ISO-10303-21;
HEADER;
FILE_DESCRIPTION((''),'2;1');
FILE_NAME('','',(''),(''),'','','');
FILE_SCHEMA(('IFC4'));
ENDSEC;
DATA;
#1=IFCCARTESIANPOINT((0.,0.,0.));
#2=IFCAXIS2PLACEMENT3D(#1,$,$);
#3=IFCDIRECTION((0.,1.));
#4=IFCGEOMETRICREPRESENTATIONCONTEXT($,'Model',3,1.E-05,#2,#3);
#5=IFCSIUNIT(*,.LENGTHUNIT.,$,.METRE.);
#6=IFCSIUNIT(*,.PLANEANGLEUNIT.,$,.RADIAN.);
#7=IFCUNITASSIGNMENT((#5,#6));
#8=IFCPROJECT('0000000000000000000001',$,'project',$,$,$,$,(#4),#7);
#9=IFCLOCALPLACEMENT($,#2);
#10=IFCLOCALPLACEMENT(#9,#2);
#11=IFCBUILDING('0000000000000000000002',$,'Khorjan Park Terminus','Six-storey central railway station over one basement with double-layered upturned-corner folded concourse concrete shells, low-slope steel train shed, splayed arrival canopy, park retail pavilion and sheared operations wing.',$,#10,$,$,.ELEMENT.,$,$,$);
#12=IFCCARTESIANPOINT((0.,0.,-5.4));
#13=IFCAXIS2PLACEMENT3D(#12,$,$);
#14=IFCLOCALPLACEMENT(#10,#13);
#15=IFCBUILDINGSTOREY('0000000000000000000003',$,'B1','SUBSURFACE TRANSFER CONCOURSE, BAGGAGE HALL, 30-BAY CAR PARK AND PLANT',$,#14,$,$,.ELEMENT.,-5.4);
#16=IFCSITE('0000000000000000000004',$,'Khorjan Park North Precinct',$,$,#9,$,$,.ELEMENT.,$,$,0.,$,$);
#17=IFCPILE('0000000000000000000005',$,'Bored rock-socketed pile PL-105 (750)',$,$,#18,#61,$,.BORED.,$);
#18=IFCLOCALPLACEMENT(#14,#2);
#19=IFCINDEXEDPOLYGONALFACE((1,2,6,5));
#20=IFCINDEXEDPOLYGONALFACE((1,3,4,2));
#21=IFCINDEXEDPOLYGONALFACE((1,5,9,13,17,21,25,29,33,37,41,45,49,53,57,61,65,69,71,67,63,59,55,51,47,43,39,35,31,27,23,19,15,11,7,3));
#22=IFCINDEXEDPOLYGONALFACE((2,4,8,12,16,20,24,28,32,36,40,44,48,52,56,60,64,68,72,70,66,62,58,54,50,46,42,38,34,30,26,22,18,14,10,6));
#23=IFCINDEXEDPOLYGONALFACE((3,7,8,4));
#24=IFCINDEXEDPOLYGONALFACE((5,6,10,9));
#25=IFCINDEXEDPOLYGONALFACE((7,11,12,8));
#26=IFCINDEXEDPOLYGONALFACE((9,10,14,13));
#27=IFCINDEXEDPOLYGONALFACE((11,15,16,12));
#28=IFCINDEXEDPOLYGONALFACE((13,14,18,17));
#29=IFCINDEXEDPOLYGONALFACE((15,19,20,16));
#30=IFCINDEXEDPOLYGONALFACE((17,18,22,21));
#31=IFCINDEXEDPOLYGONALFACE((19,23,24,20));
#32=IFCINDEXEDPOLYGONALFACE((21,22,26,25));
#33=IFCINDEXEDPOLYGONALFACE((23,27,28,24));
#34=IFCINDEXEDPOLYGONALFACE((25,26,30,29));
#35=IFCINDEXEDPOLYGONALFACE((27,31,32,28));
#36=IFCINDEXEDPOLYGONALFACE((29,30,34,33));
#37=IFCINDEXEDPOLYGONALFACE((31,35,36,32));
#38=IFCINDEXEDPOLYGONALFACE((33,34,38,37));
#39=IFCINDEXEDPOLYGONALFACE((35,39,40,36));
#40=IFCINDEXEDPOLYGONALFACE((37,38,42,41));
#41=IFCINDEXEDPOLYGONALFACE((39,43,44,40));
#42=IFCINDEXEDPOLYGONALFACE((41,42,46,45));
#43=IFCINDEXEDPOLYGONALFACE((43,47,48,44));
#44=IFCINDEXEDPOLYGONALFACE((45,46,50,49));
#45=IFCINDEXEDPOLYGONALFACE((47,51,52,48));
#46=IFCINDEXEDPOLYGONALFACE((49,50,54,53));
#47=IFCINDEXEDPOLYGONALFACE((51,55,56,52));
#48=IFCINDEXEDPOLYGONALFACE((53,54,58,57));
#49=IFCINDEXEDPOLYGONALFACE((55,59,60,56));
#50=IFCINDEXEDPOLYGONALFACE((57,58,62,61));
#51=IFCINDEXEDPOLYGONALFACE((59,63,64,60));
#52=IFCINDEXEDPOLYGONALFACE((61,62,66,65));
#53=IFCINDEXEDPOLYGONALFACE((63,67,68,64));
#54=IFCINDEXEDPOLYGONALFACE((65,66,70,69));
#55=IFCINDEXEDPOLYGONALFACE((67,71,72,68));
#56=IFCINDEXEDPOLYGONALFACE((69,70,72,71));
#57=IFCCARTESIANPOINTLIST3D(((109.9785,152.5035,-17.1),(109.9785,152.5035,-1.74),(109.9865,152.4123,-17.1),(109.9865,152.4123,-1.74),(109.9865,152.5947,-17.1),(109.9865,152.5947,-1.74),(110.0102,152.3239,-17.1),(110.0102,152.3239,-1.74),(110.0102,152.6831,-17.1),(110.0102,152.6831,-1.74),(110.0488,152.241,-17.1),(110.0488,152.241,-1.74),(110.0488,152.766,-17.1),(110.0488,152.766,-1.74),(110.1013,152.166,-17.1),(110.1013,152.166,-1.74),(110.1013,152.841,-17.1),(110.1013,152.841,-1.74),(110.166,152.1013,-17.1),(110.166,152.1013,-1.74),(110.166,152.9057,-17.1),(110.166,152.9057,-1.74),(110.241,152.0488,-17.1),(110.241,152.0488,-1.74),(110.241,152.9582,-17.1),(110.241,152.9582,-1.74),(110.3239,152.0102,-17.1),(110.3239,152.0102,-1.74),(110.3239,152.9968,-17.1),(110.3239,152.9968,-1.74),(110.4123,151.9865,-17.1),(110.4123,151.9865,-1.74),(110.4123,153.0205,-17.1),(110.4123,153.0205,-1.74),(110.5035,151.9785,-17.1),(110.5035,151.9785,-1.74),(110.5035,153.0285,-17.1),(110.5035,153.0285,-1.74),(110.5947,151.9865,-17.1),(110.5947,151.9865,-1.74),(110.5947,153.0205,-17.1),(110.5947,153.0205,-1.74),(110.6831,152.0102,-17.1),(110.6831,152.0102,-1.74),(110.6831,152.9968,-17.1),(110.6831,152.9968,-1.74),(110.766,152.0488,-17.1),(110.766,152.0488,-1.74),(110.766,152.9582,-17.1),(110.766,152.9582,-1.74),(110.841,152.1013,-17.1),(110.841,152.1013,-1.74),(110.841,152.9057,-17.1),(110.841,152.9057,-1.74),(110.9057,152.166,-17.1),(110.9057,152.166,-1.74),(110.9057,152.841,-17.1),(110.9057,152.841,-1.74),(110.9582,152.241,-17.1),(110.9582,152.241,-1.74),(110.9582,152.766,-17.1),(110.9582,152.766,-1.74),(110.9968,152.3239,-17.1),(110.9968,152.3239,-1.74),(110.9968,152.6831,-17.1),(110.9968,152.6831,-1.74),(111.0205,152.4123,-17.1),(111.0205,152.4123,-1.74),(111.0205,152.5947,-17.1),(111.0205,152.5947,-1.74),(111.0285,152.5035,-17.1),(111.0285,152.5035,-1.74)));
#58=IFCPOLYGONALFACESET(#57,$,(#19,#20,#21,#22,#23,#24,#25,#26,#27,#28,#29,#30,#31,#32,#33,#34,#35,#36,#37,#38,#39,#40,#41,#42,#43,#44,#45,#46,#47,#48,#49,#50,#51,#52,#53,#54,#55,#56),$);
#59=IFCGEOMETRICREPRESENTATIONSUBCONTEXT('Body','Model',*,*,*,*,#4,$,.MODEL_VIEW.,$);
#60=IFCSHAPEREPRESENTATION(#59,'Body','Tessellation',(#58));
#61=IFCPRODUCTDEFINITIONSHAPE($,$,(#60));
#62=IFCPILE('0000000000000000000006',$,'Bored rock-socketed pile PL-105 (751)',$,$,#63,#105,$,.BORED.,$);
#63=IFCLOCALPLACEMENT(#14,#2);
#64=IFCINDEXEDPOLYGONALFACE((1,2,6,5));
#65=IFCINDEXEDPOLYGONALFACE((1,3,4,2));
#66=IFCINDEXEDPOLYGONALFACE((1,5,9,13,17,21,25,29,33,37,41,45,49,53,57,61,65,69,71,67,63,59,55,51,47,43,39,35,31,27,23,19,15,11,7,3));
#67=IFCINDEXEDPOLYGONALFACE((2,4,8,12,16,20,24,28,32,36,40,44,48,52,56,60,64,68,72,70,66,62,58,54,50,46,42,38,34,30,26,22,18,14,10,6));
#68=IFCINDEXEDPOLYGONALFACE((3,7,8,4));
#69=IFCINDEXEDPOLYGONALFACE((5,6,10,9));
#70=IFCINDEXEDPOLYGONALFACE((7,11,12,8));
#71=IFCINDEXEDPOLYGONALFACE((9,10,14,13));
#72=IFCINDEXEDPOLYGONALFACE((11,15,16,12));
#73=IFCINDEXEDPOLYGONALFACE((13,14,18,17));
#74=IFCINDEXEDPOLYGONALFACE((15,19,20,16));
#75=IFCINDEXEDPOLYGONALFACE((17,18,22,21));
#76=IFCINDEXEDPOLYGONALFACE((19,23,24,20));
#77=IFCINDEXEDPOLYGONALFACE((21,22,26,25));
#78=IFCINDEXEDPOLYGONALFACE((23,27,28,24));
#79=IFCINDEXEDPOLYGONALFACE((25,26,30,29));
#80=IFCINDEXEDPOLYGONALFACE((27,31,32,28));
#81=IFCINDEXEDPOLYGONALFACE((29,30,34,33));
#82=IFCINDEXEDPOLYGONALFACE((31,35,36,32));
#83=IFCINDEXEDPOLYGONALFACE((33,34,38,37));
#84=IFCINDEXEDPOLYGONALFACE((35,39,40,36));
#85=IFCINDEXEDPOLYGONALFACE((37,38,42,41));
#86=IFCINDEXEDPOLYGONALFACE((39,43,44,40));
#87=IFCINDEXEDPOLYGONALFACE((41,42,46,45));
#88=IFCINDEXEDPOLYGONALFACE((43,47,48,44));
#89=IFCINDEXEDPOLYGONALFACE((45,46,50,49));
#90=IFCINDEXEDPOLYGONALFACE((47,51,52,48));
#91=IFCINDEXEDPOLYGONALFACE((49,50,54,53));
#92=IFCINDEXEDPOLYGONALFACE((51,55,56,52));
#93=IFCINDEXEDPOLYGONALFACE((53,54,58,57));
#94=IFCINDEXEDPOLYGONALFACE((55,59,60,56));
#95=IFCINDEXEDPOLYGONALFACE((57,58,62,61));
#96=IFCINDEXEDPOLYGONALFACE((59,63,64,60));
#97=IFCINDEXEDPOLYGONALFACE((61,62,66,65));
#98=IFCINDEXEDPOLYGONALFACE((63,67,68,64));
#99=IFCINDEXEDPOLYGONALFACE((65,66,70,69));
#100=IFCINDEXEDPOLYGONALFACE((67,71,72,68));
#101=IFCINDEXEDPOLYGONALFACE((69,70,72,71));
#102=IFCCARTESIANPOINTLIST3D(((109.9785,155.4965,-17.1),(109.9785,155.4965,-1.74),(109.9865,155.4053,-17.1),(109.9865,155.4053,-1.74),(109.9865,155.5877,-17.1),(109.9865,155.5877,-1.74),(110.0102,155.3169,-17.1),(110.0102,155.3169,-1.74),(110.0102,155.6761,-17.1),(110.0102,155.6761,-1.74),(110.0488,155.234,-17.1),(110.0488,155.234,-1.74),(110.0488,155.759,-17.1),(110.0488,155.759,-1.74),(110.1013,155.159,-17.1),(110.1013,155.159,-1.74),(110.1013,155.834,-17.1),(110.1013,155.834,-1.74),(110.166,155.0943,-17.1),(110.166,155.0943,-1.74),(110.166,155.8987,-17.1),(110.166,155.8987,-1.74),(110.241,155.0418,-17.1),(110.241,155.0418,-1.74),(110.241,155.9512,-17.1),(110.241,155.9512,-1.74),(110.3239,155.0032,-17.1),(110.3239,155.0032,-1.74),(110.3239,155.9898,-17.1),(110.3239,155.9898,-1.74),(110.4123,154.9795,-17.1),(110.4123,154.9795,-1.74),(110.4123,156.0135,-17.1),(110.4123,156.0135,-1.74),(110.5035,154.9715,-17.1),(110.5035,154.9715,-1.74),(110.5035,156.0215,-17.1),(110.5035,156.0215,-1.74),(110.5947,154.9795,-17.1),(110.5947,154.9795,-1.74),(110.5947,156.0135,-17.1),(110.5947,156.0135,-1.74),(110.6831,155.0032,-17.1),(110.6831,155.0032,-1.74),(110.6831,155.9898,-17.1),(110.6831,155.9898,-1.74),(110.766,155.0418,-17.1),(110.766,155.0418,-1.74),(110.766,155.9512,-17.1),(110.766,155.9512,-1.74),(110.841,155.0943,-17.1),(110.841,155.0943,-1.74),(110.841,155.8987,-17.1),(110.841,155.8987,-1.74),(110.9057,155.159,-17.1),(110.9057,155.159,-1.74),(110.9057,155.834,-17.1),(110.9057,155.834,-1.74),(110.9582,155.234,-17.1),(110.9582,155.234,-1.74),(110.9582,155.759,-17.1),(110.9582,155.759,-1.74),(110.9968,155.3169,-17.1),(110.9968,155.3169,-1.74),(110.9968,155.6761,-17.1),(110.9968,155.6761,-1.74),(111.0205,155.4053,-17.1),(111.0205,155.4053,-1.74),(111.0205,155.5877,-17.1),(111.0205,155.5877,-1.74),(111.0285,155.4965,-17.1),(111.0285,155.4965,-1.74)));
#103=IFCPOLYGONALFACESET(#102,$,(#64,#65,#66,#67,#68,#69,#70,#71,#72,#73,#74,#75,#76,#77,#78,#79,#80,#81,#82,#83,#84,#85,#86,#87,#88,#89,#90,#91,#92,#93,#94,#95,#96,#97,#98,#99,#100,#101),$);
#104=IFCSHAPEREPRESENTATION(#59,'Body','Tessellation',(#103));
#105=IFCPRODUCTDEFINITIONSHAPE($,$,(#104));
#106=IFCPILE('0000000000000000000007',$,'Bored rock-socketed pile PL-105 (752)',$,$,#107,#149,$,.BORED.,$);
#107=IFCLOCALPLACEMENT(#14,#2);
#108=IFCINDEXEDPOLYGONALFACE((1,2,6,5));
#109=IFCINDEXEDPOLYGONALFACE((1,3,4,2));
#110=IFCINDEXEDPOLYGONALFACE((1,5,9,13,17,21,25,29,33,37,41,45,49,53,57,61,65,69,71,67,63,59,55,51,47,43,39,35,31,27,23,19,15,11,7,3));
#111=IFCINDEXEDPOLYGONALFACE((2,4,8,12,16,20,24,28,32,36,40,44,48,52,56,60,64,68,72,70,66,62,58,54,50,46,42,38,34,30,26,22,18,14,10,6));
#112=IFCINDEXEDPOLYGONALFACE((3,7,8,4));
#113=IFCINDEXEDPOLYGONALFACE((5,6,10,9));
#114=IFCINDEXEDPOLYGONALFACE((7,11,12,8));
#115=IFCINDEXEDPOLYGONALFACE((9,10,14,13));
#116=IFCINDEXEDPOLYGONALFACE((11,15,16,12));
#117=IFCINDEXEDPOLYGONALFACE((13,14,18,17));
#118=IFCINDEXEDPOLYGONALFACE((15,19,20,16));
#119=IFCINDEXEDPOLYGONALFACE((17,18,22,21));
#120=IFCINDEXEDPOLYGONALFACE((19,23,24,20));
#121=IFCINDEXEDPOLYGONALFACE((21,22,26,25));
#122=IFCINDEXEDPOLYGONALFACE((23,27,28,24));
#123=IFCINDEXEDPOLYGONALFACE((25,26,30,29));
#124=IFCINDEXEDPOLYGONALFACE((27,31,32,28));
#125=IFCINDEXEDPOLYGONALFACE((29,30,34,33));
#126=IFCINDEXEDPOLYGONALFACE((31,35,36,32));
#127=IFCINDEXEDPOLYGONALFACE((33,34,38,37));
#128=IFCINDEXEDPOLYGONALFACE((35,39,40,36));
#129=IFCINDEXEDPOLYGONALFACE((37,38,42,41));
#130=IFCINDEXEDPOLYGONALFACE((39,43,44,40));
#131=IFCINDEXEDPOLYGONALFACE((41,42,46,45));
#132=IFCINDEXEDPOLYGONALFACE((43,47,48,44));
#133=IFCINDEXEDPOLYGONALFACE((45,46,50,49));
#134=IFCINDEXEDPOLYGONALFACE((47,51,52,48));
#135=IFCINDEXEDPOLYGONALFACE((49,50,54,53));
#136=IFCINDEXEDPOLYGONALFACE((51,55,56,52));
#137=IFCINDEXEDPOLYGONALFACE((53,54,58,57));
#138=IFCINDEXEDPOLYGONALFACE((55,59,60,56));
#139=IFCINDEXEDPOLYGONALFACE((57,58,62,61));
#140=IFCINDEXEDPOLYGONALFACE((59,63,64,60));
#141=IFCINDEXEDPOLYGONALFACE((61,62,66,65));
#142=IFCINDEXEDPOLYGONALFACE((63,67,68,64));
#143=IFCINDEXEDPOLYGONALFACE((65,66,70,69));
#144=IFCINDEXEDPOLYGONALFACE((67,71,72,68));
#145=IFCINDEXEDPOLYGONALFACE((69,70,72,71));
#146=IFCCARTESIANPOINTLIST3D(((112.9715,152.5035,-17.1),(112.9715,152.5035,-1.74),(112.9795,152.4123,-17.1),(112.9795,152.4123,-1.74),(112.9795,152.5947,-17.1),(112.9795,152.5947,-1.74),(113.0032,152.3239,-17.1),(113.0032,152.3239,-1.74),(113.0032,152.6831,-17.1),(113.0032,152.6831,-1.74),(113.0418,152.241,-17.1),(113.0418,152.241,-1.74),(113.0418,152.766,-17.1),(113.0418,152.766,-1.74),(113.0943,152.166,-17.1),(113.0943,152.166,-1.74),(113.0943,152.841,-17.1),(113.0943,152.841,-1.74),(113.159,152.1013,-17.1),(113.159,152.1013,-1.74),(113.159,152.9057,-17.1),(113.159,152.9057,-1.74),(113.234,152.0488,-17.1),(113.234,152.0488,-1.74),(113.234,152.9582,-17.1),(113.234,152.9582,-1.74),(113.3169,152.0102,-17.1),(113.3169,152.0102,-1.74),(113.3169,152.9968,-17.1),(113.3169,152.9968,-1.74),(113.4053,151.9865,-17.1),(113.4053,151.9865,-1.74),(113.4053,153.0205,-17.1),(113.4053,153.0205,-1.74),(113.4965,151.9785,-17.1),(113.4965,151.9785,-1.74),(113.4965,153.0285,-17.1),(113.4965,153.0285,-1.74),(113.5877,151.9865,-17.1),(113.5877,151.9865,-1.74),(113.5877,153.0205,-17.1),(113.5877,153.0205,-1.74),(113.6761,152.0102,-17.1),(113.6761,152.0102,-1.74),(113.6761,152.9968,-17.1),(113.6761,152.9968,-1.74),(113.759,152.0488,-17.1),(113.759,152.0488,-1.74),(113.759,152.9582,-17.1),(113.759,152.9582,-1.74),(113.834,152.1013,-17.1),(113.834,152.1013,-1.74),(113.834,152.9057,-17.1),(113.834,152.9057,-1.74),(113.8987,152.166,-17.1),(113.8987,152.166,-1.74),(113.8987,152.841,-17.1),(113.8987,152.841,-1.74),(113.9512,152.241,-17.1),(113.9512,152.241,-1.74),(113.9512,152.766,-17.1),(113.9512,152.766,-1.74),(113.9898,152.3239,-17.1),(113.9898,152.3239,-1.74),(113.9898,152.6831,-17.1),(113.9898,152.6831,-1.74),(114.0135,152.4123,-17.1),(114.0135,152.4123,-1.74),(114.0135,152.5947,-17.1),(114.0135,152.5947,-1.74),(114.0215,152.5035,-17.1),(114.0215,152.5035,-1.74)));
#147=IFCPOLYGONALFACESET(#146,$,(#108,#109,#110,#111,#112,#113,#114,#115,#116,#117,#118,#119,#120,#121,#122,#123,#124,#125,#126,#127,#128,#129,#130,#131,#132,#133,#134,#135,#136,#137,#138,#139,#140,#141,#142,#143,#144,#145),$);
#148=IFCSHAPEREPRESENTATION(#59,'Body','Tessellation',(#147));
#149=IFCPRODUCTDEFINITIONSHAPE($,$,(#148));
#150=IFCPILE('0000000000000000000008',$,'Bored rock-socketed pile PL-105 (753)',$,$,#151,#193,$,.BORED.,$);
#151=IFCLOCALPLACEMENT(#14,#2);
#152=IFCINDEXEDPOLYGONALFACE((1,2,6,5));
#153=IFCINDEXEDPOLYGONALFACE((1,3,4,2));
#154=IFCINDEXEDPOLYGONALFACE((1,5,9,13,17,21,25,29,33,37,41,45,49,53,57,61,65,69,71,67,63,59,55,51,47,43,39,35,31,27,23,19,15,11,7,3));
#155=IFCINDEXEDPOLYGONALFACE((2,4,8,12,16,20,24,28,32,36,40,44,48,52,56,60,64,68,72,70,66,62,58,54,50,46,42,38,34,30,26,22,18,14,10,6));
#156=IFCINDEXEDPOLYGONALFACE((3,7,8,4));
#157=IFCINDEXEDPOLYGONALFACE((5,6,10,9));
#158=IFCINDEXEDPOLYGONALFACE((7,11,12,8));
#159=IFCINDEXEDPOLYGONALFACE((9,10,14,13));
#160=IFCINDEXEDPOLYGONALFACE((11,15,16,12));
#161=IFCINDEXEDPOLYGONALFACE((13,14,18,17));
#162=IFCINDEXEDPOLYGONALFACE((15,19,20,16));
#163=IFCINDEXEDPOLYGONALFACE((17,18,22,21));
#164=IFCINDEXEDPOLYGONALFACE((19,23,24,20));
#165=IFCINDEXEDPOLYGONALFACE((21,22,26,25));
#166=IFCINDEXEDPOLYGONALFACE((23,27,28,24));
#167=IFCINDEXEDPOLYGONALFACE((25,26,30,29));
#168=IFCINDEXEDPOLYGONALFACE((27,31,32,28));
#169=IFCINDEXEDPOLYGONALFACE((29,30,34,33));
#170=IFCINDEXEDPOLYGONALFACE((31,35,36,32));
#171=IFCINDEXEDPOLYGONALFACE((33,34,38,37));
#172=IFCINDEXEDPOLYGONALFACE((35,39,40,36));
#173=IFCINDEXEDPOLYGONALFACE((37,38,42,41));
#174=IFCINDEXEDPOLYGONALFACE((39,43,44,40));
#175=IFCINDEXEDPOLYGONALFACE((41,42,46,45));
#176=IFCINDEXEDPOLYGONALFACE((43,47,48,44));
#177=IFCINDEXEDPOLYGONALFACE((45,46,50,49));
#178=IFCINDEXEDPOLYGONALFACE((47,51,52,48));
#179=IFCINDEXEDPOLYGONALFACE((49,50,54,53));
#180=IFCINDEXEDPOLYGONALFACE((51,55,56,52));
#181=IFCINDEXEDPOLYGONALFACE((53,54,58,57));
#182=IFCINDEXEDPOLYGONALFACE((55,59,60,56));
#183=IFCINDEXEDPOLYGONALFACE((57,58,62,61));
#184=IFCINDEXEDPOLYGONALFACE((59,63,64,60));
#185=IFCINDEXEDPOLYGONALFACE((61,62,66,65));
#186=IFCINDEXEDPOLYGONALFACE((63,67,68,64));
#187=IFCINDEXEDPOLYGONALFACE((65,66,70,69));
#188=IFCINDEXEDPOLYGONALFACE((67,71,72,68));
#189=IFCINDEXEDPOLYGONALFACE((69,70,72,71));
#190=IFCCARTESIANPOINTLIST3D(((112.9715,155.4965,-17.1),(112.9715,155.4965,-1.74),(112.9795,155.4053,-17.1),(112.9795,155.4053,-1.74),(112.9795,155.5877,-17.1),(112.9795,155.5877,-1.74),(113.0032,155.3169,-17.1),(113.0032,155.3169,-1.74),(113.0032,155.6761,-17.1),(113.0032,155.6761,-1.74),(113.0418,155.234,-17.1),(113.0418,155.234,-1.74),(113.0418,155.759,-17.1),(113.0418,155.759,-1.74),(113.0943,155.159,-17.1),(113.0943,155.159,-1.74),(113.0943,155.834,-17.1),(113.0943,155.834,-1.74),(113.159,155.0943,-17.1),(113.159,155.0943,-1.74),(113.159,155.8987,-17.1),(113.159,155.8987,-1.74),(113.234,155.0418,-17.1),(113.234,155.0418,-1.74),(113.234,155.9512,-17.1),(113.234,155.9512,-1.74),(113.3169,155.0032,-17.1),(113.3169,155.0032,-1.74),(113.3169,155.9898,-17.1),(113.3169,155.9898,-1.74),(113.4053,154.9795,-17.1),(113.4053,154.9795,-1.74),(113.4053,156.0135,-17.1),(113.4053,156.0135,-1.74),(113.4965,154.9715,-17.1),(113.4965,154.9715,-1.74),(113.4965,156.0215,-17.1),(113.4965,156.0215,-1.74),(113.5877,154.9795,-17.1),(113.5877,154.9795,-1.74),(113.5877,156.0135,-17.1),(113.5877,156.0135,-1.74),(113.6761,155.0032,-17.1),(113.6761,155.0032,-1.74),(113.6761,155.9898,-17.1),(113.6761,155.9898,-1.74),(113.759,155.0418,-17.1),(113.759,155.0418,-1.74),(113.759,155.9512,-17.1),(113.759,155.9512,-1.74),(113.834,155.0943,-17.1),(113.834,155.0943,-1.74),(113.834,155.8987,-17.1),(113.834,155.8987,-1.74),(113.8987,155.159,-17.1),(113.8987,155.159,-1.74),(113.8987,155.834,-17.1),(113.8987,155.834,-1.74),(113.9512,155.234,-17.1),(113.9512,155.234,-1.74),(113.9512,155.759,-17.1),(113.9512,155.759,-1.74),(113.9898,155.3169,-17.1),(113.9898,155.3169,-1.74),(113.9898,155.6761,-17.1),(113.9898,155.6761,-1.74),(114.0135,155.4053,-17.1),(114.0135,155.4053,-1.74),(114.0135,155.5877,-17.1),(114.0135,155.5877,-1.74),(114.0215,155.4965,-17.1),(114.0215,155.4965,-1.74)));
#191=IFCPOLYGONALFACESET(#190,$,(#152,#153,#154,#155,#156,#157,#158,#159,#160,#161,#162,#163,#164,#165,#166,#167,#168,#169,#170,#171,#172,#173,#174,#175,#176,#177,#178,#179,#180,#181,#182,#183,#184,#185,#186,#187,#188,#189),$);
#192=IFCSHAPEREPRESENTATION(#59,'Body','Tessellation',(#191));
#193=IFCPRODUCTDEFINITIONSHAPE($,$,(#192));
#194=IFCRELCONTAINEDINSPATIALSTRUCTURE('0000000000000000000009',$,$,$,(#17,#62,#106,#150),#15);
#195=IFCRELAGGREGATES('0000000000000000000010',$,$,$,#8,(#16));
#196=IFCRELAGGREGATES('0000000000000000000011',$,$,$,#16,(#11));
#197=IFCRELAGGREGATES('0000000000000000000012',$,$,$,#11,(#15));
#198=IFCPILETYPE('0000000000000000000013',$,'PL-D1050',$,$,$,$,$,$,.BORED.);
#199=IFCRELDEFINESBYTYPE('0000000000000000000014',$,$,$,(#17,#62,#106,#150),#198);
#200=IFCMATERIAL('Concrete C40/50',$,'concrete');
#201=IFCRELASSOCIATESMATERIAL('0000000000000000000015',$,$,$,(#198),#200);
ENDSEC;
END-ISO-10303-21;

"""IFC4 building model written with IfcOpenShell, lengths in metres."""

from ifc_helpers import new_model, si_unit, direction, frame, origin, origin_2d, place, context, subcontext, project, spatial, circle, extrude, material, material_profile, profile_set, type_object, element, save


model = new_model("IFC4")

# Units and contexts
model_context = context("Model", 3, precision=1e-05, world=origin(), true_north=direction((0.0, 1.0)))
body_context = subcontext(model_context, "Body", "Model", "MODEL_VIEW")
ifc_project = project(units=[si_unit("LENGTHUNIT", "METRE"), si_unit("PLANEANGLEUNIT", "RADIAN")], contexts=[model_context])

# Site, building, storey
site_placement = place(None, origin())
site = spatial("IfcSite", under=ifc_project, at=site_placement, Name="Khorjan Park North Precinct", CompositionType="ELEMENT", RefElevation=0.0)
building_placement = place(site_placement, origin())
building = spatial("IfcBuilding", under=site, at=building_placement, Name="Khorjan Park Terminus", Description="Six-storey central railway station over one basement with double-layered upturned-corner folded concourse concrete shells, low-slope steel train shed, splayed arrival canopy, park retail pavilion and sheared operations wing.", CompositionType="ELEMENT")
storey_placement = place(building_placement, frame((0.0, 0.0, -5.4)))
storey = spatial("IfcBuildingStorey", under=building, at=storey_placement, Name="B1", Description="SUBSURFACE TRANSFER CONCOURSE, BAGGAGE HALL, 30-BAY CAR PARK AND PLANT", CompositionType="ELEMENT", Elevation=-5.4)

# Shared definitions
ifc_material_1 = material(Name="Concrete C40/50", Category="concrete")

# Piles
ifc_material_profile_1 = material_profile(ifc_material_1, circle(Radius=0.525, at=origin_2d()), Name="BORED D1050")
ifc_profile_set_1 = profile_set([ifc_material_profile_1], Name="Concrete C40/50")
pile_type_1 = type_object("IfcPileType", Name="PL-D1050", PredefinedType="BORED", material=ifc_profile_set_1)
for number, where, z_axis, x_axis, name in (
    (1, (110.5035, 152.5035, -1.74), (0.0, 0.0, -1.0), (1.0, 0.0, 0.0), "Bored rock-socketed pile PL-105 (750)"),
    (2, (110.5035, 155.4965, -1.74), (0.0, 0.0, -1.0), (1.0, 0.0, 0.0), "Bored rock-socketed pile PL-105 (751)"),
    (3, (113.4965, 152.5035, -1.74), (0.0, 0.0, -1.0), (1.0, 0.0, 0.0), "Bored rock-socketed pile PL-105 (752)"),
    (4, (113.4965, 155.4965, -1.74), (0.0, 0.0, -1.0), (1.0, 0.0, 0.0), "Bored rock-socketed pile PL-105 (753)"),
):
    element("IfcPile", number, at=place(storey_placement, frame(where, z_axis=z_axis, x_axis=x_axis)), inside=storey, type_object=pile_type_1, Name=name, PredefinedType="BORED", context=body_context, shape_type="SweptSolid", body=[
        extrude(circle(Radius=0.525, at=origin_2d()), origin(), (0.0, 0.0, 1.0), 15.36),
    ])

save(model, "model.ifc")
